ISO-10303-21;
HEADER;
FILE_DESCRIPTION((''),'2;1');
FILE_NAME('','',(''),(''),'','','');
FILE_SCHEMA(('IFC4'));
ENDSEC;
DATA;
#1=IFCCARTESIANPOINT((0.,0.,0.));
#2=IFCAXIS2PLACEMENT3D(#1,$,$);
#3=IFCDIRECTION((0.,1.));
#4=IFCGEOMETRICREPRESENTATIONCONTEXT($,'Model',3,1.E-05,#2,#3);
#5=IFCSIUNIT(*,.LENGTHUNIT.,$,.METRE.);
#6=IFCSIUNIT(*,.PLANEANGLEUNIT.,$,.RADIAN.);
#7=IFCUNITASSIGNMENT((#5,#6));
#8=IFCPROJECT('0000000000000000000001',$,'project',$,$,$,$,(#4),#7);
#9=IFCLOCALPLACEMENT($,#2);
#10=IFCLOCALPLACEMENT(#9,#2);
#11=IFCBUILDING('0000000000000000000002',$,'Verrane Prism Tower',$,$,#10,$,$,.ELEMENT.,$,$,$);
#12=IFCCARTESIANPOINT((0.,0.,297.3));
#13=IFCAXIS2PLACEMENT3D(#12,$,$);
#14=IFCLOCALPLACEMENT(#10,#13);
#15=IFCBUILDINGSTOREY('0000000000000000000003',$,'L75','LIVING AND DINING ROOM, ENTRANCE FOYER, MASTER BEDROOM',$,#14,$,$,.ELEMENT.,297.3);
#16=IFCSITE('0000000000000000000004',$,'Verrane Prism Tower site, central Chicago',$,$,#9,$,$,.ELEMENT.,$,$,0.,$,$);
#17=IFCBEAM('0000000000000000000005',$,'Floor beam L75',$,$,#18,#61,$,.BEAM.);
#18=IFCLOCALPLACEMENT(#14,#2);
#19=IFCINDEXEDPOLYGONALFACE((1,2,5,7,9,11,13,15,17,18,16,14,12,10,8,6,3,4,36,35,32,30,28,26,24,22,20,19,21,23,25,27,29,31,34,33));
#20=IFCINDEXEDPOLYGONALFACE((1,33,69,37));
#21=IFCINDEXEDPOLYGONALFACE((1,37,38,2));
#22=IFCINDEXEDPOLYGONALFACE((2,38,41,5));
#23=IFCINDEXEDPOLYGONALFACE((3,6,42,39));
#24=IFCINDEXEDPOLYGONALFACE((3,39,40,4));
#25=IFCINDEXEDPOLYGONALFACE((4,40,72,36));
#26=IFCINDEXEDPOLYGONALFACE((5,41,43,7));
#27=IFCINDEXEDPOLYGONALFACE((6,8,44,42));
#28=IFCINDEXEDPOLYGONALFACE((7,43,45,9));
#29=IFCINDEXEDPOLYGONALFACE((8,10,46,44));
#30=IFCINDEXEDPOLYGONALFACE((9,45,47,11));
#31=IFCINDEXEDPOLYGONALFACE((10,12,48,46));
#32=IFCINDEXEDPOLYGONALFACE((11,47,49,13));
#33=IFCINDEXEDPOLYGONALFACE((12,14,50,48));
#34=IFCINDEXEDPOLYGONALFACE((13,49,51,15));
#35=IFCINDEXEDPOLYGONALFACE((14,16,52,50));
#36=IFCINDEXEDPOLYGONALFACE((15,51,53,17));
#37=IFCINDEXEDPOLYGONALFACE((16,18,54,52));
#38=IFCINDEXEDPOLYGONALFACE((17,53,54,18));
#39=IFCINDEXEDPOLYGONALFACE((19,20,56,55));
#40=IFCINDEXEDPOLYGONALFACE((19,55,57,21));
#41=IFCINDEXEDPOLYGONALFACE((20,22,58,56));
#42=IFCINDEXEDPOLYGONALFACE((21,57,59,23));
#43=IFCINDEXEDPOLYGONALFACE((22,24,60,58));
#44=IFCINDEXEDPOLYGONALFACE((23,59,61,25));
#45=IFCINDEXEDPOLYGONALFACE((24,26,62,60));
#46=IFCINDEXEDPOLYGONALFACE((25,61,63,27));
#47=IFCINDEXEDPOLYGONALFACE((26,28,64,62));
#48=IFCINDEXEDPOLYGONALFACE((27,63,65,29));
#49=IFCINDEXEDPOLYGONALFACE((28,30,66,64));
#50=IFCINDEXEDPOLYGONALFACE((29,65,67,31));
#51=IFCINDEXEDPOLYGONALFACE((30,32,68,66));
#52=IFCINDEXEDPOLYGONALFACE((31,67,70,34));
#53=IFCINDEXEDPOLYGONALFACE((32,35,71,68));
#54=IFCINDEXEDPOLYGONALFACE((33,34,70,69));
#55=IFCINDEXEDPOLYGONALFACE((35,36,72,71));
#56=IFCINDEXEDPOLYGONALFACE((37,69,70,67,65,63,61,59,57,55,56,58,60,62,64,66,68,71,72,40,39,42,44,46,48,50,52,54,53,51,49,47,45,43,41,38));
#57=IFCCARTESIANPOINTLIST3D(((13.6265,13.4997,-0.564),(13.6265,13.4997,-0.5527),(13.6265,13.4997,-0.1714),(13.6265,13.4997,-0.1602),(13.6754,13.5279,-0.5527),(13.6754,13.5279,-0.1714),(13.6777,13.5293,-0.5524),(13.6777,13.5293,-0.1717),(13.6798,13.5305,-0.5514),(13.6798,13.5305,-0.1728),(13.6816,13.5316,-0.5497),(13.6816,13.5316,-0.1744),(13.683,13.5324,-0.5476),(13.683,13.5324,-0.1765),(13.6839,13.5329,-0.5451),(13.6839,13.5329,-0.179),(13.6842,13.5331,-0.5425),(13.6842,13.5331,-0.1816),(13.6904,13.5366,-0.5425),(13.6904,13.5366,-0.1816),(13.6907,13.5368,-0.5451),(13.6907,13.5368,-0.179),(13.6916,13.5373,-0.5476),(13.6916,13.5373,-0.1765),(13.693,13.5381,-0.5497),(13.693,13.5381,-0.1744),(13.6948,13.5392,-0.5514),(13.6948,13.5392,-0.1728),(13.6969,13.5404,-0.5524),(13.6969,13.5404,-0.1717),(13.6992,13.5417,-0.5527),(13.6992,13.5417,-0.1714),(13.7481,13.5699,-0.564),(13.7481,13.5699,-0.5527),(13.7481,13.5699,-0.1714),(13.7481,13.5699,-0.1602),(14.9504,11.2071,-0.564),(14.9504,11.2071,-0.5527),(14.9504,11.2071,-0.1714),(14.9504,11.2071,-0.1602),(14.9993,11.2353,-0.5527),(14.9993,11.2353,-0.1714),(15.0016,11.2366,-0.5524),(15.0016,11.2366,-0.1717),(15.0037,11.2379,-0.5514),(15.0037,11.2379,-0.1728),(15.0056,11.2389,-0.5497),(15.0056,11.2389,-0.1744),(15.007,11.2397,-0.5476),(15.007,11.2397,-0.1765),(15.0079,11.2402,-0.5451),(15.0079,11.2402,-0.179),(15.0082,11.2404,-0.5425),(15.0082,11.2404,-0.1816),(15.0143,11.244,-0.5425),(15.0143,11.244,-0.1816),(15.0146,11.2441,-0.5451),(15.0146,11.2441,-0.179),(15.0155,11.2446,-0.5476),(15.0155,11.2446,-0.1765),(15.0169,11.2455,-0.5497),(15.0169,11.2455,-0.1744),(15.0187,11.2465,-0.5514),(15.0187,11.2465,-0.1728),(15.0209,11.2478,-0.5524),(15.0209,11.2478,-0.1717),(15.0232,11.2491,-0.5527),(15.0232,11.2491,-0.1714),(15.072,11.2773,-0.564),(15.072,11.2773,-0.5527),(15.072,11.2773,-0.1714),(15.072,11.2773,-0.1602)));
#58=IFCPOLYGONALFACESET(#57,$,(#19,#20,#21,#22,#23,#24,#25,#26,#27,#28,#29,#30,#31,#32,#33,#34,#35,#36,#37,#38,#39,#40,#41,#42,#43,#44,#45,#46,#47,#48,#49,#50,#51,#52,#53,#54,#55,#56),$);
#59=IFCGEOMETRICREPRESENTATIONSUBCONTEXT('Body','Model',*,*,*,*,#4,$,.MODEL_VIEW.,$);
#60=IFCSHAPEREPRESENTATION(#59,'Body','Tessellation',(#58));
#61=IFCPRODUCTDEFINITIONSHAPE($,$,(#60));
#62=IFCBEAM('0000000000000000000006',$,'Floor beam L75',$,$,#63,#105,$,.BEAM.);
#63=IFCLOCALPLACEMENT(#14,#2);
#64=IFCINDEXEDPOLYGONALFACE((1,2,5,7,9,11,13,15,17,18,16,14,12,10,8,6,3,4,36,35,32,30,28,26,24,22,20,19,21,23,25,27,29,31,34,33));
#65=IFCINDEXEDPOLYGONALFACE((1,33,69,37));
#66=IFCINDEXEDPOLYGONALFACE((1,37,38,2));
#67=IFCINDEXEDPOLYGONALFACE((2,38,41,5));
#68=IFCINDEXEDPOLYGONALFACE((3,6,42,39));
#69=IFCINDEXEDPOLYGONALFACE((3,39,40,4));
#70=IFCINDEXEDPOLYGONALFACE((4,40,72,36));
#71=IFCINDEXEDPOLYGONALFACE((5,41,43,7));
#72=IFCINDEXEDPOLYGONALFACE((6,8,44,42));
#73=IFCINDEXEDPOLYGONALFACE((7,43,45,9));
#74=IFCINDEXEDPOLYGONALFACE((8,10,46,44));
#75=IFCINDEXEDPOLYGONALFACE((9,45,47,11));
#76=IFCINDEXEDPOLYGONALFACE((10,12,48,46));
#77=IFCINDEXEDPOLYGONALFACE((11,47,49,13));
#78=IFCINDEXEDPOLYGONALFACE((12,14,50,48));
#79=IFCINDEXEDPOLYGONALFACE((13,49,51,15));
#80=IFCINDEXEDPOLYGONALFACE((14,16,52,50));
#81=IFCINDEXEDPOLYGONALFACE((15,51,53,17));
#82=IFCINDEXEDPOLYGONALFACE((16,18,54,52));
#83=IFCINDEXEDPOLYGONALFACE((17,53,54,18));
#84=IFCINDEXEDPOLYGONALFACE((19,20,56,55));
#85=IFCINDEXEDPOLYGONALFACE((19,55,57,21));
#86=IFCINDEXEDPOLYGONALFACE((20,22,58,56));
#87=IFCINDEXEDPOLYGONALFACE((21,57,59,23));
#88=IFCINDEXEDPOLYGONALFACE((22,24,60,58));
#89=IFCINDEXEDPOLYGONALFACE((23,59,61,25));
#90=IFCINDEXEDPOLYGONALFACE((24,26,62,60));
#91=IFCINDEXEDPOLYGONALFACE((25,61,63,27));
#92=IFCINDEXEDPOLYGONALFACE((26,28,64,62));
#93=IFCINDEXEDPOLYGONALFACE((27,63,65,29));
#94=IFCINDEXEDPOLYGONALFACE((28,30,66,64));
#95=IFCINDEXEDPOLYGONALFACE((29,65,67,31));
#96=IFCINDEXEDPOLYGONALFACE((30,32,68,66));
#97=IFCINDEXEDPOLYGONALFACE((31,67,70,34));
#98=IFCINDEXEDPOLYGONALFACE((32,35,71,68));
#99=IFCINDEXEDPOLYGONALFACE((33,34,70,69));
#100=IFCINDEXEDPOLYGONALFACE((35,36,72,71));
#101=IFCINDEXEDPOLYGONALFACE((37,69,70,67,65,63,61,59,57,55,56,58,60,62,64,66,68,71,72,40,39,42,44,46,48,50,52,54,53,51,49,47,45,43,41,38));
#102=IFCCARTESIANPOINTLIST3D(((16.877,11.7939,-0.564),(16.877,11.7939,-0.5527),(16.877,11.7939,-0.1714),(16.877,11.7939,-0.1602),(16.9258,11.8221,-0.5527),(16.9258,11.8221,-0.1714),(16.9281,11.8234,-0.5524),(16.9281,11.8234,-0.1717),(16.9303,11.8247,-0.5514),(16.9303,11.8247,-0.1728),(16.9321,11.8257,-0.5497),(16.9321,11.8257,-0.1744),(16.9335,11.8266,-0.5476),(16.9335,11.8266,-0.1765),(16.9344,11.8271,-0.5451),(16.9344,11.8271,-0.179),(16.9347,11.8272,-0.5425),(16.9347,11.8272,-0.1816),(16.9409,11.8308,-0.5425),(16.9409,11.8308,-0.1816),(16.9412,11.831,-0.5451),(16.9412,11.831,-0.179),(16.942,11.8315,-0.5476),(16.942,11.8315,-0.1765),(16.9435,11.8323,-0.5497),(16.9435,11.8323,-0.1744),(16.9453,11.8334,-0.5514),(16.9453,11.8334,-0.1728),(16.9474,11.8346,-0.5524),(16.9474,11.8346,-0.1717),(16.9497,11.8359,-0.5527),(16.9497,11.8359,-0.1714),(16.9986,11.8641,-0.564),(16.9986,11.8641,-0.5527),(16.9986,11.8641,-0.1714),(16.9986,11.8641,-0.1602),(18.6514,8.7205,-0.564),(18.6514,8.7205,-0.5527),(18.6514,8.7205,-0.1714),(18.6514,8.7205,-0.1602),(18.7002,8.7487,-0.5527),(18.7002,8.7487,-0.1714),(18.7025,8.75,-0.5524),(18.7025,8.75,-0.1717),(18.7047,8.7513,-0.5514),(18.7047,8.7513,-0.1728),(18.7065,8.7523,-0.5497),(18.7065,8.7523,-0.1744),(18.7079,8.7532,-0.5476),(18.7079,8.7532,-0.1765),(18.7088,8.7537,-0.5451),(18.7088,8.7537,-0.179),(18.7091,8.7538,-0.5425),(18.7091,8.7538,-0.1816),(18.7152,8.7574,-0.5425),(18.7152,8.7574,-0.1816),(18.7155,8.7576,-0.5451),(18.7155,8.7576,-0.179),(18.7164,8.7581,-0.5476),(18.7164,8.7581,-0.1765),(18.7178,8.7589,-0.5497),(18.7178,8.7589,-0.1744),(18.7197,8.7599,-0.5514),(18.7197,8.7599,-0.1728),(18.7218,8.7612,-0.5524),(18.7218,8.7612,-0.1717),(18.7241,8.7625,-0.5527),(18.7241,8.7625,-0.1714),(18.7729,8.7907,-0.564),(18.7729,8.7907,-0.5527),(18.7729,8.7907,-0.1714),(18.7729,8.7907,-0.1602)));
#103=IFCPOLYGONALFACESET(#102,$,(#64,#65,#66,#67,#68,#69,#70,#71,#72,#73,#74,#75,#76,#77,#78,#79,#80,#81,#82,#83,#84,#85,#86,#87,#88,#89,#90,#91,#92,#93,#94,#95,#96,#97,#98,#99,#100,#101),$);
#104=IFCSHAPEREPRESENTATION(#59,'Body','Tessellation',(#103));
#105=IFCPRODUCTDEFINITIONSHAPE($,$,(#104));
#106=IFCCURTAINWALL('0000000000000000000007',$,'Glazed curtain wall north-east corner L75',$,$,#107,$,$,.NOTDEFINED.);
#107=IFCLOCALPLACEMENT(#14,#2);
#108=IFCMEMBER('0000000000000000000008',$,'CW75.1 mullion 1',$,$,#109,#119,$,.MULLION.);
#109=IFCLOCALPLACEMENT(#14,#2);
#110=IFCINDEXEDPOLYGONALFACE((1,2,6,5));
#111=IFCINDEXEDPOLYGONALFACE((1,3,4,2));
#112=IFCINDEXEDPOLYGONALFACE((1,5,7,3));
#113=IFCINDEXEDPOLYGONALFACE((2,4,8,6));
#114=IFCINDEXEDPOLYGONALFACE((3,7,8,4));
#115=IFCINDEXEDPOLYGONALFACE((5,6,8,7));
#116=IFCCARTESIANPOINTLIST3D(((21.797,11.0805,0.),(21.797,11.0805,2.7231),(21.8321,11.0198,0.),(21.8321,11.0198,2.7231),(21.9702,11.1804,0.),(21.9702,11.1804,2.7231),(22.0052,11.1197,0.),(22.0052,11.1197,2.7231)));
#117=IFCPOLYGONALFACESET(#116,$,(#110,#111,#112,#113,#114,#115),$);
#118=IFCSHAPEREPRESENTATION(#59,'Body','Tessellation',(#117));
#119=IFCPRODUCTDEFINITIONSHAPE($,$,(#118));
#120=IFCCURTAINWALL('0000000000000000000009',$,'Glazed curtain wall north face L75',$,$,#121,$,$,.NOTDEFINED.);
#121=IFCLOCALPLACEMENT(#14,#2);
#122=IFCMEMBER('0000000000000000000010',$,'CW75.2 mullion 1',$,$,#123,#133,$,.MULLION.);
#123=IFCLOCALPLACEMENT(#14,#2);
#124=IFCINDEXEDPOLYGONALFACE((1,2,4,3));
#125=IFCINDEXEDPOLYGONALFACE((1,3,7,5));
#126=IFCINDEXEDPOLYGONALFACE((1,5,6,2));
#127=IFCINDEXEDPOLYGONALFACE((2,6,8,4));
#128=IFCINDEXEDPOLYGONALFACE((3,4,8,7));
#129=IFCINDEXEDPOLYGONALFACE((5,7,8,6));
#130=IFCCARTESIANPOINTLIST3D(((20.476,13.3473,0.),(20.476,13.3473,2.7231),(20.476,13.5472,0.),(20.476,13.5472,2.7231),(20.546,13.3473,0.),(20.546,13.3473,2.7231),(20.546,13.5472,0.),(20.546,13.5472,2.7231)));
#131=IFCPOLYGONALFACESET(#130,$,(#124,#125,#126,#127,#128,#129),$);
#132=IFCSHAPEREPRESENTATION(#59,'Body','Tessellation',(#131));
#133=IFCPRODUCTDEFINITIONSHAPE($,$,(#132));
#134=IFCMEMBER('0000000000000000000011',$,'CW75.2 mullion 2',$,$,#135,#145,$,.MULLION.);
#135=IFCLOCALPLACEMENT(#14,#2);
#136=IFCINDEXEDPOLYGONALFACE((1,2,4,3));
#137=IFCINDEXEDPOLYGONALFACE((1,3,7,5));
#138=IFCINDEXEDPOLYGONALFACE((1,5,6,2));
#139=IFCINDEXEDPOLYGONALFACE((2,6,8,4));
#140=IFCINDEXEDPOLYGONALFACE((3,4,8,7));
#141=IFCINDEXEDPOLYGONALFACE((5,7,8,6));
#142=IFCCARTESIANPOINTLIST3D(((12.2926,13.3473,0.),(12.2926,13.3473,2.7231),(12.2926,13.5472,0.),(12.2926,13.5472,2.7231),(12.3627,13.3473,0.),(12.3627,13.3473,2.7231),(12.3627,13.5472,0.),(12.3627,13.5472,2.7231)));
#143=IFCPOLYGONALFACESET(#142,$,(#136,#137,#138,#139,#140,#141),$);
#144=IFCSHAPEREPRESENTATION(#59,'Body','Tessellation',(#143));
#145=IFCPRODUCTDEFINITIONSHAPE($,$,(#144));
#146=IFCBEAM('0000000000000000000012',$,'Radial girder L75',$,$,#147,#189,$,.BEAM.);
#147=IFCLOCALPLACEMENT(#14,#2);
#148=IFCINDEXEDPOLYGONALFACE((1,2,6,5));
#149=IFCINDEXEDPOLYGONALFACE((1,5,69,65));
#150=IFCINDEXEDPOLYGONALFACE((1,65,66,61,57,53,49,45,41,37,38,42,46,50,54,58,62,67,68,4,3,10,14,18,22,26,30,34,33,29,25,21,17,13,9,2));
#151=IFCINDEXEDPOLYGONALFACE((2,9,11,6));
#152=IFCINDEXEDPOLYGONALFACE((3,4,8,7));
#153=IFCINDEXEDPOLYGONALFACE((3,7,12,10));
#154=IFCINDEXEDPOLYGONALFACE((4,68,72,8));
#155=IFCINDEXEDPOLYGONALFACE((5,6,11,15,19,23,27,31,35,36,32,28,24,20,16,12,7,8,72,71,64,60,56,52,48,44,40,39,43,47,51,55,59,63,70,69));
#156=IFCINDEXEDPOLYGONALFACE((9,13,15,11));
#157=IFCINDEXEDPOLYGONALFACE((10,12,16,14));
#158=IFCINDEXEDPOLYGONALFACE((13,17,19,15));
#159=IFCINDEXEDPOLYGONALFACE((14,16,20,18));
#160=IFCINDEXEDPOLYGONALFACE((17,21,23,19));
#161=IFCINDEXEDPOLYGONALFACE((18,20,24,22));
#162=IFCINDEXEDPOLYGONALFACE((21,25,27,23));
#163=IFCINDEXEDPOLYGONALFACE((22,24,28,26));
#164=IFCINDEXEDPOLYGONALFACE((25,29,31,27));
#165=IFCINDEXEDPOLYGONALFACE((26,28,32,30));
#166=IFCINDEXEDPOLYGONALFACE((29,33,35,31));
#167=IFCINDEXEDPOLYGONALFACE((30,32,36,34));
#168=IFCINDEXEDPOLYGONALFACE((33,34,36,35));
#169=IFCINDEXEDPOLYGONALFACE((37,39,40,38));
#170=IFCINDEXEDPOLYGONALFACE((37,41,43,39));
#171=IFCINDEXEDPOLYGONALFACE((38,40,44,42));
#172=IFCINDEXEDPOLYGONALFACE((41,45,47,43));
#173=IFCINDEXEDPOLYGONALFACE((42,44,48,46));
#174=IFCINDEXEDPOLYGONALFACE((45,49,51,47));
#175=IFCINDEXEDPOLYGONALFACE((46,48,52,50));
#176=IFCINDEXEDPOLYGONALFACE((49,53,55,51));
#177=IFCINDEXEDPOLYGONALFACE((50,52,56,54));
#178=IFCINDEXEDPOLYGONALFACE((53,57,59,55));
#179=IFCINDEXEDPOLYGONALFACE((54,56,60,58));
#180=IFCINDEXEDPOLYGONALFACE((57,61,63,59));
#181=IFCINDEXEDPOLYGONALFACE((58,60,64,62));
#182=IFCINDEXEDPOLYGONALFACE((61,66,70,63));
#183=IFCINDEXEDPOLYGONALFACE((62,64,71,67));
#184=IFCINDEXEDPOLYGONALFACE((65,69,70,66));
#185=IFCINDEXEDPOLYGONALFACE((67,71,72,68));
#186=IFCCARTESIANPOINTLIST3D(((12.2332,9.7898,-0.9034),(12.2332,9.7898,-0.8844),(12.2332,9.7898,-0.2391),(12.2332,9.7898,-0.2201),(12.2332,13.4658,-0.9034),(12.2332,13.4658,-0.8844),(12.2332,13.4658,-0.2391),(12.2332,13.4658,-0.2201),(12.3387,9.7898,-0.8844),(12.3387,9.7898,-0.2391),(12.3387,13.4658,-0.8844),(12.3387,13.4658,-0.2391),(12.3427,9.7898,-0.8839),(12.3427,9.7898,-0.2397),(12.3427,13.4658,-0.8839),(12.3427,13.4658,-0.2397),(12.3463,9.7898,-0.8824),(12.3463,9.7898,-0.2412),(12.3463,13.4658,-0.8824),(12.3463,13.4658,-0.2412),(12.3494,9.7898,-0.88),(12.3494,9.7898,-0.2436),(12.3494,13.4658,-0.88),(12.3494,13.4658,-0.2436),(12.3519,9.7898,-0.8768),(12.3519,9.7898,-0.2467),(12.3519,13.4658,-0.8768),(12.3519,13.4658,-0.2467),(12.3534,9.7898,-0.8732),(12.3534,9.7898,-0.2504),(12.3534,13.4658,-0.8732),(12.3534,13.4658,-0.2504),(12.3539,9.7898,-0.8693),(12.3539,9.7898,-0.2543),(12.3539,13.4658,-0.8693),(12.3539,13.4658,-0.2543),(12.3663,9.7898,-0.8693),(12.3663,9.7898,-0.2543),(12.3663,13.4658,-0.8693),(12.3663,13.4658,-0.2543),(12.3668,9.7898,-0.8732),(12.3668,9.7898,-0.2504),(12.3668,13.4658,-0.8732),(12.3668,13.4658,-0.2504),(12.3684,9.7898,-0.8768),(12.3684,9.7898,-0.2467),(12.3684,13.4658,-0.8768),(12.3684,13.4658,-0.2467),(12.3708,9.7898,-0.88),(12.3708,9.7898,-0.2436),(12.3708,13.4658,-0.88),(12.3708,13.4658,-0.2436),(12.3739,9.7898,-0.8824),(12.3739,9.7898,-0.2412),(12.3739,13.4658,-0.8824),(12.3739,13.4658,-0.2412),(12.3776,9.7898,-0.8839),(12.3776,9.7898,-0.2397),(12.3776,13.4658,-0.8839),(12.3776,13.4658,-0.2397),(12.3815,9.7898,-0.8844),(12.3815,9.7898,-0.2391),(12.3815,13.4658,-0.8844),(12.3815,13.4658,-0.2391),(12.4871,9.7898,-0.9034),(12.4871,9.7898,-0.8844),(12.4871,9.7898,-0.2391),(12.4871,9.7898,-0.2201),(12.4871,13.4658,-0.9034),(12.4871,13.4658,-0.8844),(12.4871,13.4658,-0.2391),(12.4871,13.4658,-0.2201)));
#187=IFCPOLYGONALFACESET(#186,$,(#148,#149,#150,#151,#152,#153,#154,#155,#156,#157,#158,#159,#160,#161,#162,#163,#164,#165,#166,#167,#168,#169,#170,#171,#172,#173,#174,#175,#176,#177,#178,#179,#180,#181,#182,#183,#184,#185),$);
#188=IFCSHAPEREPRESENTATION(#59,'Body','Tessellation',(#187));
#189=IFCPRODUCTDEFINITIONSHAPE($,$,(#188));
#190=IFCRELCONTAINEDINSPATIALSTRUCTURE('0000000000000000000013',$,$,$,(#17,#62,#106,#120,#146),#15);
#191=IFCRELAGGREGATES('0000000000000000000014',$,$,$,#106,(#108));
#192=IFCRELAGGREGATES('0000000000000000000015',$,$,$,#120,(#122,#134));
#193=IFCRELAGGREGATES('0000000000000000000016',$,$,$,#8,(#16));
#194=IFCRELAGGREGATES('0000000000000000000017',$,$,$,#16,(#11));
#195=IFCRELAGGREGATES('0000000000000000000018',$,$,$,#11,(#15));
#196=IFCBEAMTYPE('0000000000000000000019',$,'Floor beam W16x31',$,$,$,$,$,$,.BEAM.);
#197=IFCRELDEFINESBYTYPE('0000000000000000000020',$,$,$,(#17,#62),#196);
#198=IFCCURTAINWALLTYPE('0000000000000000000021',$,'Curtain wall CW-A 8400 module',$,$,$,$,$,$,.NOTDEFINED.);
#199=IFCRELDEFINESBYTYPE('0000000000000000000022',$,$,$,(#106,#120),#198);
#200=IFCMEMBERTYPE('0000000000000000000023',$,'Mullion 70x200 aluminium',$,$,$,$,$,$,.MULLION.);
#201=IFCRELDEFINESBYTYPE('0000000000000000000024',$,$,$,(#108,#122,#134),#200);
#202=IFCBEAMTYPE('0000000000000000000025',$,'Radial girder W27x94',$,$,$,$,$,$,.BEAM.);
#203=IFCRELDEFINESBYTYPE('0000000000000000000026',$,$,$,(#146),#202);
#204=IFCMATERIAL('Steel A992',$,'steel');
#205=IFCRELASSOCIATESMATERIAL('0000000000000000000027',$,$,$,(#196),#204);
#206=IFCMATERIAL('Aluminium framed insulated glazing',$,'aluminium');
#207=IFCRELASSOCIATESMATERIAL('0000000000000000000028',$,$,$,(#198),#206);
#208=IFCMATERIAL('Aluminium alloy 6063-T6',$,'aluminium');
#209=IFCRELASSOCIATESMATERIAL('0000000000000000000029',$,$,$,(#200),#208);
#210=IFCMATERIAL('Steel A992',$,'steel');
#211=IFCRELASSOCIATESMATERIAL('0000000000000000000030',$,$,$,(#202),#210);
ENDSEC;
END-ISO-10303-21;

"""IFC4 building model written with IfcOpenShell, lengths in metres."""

from ifc_helpers import new_model, si_unit, direction, frame, origin, origin_2d, place, context, subcontext, project, spatial, rectangle, i_section, extrude, material, material_profile, profile_set, type_object, element, aggregate, save


model = new_model("IFC4")

# Units and contexts
model_context = context("Model", 3, precision=1e-05, world=origin(), true_north=direction((0.0, 1.0)))
body_context = subcontext(model_context, "Body", "Model", "MODEL_VIEW")
ifc_project = project(units=[si_unit("LENGTHUNIT", "METRE"), si_unit("PLANEANGLEUNIT", "RADIAN")], contexts=[model_context])

# Site, building, storey
site_placement = place(None, origin())
site = spatial("IfcSite", under=ifc_project, at=site_placement, Name="Verrane Prism Tower site, central Chicago", CompositionType="ELEMENT", RefElevation=0.0)
building_placement = place(site_placement, origin())
building = spatial("IfcBuilding", under=site, at=building_placement, Name="Verrane Prism Tower", CompositionType="ELEMENT")
storey_placement = place(building_placement, frame((0.0, 0.0, 297.3)))
storey = spatial("IfcBuildingStorey", under=building, at=storey_placement, Name="L75", Description="LIVING AND DINING ROOM, ENTRANCE FOYER, MASTER BEDROOM", CompositionType="ELEMENT", Elevation=297.3)

# Beams
ifc_material_1 = material(Name="Steel A992", Category="steel")
ifc_material_profile_1 = material_profile(ifc_material_1, i_section(OverallWidth=0.1404, OverallDepth=0.4038, WebThickness=0.0071, FlangeThickness=0.0112, FilletRadius=0.0103, at=origin_2d()), Name="W16x31")
ifc_profile_set_1 = profile_set([ifc_material_profile_1], Name="Steel A992")
beam_type_1 = type_object("IfcBeamType", Name="Floor beam W16x31", PredefinedType="BEAM", material=ifc_profile_set_1)
beam_1_placement = place(storey_placement, frame((15.0112, 11.2422, -0.3621), z_axis=(-0.500076, 0.865981, 0.0), x_axis=(-0.865981, -0.500076, 0.0)))
element("IfcBeam", 1, at=beam_1_placement, inside=storey, type_object=beam_type_1, Name="Floor beam L75", PredefinedType="BEAM", context=body_context, shape_type="SweptSolid", body=[
    extrude(i_section(OverallWidth=0.1404, OverallDepth=0.4038, WebThickness=0.0071, FlangeThickness=0.0112, FilletRadius=0.0103, at=origin_2d()), origin(), (0.0, 0.0, 1.0), 2.6475),
])
beam_2_placement = place(storey_placement, frame((18.7122, 8.7556, -0.3621), z_axis=(-0.499986, 0.866033, 0.0), x_axis=(-0.866033, -0.499986, 0.0)))
element("IfcBeam", 2, at=beam_2_placement, inside=storey, type_object=beam_type_1, Name="Floor beam L75", PredefinedType="BEAM", context=body_context, shape_type="SweptSolid", body=[
    extrude(i_section(OverallWidth=0.1404, OverallDepth=0.4038, WebThickness=0.0071, FlangeThickness=0.0112, FilletRadius=0.0103, at=origin_2d()), origin(), (0.0, 0.0, 1.0), 3.5488),
])

# Curtain wall, member
ifc_material_2 = material(Name="Aluminium framed insulated glazing", Category="aluminium")
curtain_wall_type = type_object("IfcCurtainWallType", Name="Curtain wall CW-A 8400 module", PredefinedType="NOTDEFINED", material=ifc_material_2)
curtain_wall_1_placement = place(storey_placement, origin())
curtain_wall_1 = element("IfcCurtainWall", 3, at=curtain_wall_1_placement, inside=storey, type_object=curtain_wall_type, Name="Glazed curtain wall north-east corner L75", PredefinedType="NOTDEFINED")
ifc_material_3 = material(Name="Aluminium alloy 6063-T6", Category="aluminium")
ifc_material_profile_2 = material_profile(ifc_material_3, rectangle(XDim=0.2, YDim=0.0701, at=origin_2d()), Name="Mullion 70x200 aluminium")
ifc_profile_set_2 = profile_set([ifc_material_profile_2], Name="Aluminium alloy 6063-T6")
member_type_1 = type_object("IfcMemberType", Name="Mullion 70x200 aluminium", PredefinedType="MULLION", material=ifc_profile_set_2)
member_1_placement = place(storey_placement, frame((21.9011, 11.1001, 0.0), z_axis=(0.0, 0.0, 1.0), x_axis=(-0.866024, -0.500002, 0.0)))
member_1 = element("IfcMember", 4, at=member_1_placement, type_object=member_type_1, Name="CW75.1 mullion 1", PredefinedType="MULLION", context=body_context, shape_type="SweptSolid", body=[
    extrude(rectangle(XDim=0.2, YDim=0.0701, at=origin_2d()), origin(), (0.0, 0.0, 1.0), 2.7231),
])

# Curtain wall, members
curtain_wall_2_placement = place(storey_placement, origin())
curtain_wall_2 = element("IfcCurtainWall", 5, at=curtain_wall_2_placement, inside=storey, type_object=curtain_wall_type, Name="Glazed curtain wall north face L75", PredefinedType="NOTDEFINED")
member_2_placement = place(storey_placement, frame((20.511, 13.4473, 0.0), z_axis=(0.0, 0.0, 1.0), x_axis=(0.0, -1.0, 0.0)))
member_2 = element("IfcMember", 6, at=member_2_placement, type_object=member_type_1, Name="CW75.2 mullion 1", PredefinedType="MULLION", context=body_context, shape_type="SweptSolid", body=[
    extrude(rectangle(XDim=0.2, YDim=0.0701, at=origin_2d()), origin(), (0.0, 0.0, 1.0), 2.7231),
])
member_3_placement = place(storey_placement, frame((12.3276, 13.4473, 0.0), z_axis=(0.0, 0.0, 1.0), x_axis=(0.0, -1.0, 0.0)))
member_3 = element("IfcMember", 7, at=member_3_placement, type_object=member_type_1, Name="CW75.2 mullion 2", PredefinedType="MULLION", context=body_context, shape_type="SweptSolid", body=[
    extrude(rectangle(XDim=0.2, YDim=0.0701, at=origin_2d()), origin(), (0.0, 0.0, 1.0), 2.7231),
])

# Beam
ifc_material_4 = material(Name="Steel A992", Category="steel")
ifc_material_profile_3 = material_profile(ifc_material_4, i_section(OverallWidth=0.2539, OverallDepth=0.6833, WebThickness=0.0125, FlangeThickness=0.019, FilletRadius=0.0151, at=origin_2d()), Name="W27x94")
ifc_profile_set_3 = profile_set([ifc_material_profile_3], Name="Steel A992")
beam_type_2 = type_object("IfcBeamType", Name="Radial girder W27x94", PredefinedType="BEAM", material=ifc_profile_set_3)
beam_3_placement = place(storey_placement, frame((12.3601, 13.4658, -0.5618), z_axis=(0.0, -1.0, 0.0), x_axis=(1.0, 0.0, 0.0)))
element("IfcBeam", 8, at=beam_3_placement, inside=storey, type_object=beam_type_2, Name="Radial girder L75", PredefinedType="BEAM", context=body_context, shape_type="SweptSolid", body=[
    extrude(i_section(OverallWidth=0.2539, OverallDepth=0.6833, WebThickness=0.0125, FlangeThickness=0.019, FilletRadius=0.0151, at=origin_2d()), origin(), (0.0, 0.0, 1.0), 3.676),
])

aggregate(curtain_wall_1, [member_1])
aggregate(curtain_wall_2, [member_2, member_3])

save(model, "model.ifc")
